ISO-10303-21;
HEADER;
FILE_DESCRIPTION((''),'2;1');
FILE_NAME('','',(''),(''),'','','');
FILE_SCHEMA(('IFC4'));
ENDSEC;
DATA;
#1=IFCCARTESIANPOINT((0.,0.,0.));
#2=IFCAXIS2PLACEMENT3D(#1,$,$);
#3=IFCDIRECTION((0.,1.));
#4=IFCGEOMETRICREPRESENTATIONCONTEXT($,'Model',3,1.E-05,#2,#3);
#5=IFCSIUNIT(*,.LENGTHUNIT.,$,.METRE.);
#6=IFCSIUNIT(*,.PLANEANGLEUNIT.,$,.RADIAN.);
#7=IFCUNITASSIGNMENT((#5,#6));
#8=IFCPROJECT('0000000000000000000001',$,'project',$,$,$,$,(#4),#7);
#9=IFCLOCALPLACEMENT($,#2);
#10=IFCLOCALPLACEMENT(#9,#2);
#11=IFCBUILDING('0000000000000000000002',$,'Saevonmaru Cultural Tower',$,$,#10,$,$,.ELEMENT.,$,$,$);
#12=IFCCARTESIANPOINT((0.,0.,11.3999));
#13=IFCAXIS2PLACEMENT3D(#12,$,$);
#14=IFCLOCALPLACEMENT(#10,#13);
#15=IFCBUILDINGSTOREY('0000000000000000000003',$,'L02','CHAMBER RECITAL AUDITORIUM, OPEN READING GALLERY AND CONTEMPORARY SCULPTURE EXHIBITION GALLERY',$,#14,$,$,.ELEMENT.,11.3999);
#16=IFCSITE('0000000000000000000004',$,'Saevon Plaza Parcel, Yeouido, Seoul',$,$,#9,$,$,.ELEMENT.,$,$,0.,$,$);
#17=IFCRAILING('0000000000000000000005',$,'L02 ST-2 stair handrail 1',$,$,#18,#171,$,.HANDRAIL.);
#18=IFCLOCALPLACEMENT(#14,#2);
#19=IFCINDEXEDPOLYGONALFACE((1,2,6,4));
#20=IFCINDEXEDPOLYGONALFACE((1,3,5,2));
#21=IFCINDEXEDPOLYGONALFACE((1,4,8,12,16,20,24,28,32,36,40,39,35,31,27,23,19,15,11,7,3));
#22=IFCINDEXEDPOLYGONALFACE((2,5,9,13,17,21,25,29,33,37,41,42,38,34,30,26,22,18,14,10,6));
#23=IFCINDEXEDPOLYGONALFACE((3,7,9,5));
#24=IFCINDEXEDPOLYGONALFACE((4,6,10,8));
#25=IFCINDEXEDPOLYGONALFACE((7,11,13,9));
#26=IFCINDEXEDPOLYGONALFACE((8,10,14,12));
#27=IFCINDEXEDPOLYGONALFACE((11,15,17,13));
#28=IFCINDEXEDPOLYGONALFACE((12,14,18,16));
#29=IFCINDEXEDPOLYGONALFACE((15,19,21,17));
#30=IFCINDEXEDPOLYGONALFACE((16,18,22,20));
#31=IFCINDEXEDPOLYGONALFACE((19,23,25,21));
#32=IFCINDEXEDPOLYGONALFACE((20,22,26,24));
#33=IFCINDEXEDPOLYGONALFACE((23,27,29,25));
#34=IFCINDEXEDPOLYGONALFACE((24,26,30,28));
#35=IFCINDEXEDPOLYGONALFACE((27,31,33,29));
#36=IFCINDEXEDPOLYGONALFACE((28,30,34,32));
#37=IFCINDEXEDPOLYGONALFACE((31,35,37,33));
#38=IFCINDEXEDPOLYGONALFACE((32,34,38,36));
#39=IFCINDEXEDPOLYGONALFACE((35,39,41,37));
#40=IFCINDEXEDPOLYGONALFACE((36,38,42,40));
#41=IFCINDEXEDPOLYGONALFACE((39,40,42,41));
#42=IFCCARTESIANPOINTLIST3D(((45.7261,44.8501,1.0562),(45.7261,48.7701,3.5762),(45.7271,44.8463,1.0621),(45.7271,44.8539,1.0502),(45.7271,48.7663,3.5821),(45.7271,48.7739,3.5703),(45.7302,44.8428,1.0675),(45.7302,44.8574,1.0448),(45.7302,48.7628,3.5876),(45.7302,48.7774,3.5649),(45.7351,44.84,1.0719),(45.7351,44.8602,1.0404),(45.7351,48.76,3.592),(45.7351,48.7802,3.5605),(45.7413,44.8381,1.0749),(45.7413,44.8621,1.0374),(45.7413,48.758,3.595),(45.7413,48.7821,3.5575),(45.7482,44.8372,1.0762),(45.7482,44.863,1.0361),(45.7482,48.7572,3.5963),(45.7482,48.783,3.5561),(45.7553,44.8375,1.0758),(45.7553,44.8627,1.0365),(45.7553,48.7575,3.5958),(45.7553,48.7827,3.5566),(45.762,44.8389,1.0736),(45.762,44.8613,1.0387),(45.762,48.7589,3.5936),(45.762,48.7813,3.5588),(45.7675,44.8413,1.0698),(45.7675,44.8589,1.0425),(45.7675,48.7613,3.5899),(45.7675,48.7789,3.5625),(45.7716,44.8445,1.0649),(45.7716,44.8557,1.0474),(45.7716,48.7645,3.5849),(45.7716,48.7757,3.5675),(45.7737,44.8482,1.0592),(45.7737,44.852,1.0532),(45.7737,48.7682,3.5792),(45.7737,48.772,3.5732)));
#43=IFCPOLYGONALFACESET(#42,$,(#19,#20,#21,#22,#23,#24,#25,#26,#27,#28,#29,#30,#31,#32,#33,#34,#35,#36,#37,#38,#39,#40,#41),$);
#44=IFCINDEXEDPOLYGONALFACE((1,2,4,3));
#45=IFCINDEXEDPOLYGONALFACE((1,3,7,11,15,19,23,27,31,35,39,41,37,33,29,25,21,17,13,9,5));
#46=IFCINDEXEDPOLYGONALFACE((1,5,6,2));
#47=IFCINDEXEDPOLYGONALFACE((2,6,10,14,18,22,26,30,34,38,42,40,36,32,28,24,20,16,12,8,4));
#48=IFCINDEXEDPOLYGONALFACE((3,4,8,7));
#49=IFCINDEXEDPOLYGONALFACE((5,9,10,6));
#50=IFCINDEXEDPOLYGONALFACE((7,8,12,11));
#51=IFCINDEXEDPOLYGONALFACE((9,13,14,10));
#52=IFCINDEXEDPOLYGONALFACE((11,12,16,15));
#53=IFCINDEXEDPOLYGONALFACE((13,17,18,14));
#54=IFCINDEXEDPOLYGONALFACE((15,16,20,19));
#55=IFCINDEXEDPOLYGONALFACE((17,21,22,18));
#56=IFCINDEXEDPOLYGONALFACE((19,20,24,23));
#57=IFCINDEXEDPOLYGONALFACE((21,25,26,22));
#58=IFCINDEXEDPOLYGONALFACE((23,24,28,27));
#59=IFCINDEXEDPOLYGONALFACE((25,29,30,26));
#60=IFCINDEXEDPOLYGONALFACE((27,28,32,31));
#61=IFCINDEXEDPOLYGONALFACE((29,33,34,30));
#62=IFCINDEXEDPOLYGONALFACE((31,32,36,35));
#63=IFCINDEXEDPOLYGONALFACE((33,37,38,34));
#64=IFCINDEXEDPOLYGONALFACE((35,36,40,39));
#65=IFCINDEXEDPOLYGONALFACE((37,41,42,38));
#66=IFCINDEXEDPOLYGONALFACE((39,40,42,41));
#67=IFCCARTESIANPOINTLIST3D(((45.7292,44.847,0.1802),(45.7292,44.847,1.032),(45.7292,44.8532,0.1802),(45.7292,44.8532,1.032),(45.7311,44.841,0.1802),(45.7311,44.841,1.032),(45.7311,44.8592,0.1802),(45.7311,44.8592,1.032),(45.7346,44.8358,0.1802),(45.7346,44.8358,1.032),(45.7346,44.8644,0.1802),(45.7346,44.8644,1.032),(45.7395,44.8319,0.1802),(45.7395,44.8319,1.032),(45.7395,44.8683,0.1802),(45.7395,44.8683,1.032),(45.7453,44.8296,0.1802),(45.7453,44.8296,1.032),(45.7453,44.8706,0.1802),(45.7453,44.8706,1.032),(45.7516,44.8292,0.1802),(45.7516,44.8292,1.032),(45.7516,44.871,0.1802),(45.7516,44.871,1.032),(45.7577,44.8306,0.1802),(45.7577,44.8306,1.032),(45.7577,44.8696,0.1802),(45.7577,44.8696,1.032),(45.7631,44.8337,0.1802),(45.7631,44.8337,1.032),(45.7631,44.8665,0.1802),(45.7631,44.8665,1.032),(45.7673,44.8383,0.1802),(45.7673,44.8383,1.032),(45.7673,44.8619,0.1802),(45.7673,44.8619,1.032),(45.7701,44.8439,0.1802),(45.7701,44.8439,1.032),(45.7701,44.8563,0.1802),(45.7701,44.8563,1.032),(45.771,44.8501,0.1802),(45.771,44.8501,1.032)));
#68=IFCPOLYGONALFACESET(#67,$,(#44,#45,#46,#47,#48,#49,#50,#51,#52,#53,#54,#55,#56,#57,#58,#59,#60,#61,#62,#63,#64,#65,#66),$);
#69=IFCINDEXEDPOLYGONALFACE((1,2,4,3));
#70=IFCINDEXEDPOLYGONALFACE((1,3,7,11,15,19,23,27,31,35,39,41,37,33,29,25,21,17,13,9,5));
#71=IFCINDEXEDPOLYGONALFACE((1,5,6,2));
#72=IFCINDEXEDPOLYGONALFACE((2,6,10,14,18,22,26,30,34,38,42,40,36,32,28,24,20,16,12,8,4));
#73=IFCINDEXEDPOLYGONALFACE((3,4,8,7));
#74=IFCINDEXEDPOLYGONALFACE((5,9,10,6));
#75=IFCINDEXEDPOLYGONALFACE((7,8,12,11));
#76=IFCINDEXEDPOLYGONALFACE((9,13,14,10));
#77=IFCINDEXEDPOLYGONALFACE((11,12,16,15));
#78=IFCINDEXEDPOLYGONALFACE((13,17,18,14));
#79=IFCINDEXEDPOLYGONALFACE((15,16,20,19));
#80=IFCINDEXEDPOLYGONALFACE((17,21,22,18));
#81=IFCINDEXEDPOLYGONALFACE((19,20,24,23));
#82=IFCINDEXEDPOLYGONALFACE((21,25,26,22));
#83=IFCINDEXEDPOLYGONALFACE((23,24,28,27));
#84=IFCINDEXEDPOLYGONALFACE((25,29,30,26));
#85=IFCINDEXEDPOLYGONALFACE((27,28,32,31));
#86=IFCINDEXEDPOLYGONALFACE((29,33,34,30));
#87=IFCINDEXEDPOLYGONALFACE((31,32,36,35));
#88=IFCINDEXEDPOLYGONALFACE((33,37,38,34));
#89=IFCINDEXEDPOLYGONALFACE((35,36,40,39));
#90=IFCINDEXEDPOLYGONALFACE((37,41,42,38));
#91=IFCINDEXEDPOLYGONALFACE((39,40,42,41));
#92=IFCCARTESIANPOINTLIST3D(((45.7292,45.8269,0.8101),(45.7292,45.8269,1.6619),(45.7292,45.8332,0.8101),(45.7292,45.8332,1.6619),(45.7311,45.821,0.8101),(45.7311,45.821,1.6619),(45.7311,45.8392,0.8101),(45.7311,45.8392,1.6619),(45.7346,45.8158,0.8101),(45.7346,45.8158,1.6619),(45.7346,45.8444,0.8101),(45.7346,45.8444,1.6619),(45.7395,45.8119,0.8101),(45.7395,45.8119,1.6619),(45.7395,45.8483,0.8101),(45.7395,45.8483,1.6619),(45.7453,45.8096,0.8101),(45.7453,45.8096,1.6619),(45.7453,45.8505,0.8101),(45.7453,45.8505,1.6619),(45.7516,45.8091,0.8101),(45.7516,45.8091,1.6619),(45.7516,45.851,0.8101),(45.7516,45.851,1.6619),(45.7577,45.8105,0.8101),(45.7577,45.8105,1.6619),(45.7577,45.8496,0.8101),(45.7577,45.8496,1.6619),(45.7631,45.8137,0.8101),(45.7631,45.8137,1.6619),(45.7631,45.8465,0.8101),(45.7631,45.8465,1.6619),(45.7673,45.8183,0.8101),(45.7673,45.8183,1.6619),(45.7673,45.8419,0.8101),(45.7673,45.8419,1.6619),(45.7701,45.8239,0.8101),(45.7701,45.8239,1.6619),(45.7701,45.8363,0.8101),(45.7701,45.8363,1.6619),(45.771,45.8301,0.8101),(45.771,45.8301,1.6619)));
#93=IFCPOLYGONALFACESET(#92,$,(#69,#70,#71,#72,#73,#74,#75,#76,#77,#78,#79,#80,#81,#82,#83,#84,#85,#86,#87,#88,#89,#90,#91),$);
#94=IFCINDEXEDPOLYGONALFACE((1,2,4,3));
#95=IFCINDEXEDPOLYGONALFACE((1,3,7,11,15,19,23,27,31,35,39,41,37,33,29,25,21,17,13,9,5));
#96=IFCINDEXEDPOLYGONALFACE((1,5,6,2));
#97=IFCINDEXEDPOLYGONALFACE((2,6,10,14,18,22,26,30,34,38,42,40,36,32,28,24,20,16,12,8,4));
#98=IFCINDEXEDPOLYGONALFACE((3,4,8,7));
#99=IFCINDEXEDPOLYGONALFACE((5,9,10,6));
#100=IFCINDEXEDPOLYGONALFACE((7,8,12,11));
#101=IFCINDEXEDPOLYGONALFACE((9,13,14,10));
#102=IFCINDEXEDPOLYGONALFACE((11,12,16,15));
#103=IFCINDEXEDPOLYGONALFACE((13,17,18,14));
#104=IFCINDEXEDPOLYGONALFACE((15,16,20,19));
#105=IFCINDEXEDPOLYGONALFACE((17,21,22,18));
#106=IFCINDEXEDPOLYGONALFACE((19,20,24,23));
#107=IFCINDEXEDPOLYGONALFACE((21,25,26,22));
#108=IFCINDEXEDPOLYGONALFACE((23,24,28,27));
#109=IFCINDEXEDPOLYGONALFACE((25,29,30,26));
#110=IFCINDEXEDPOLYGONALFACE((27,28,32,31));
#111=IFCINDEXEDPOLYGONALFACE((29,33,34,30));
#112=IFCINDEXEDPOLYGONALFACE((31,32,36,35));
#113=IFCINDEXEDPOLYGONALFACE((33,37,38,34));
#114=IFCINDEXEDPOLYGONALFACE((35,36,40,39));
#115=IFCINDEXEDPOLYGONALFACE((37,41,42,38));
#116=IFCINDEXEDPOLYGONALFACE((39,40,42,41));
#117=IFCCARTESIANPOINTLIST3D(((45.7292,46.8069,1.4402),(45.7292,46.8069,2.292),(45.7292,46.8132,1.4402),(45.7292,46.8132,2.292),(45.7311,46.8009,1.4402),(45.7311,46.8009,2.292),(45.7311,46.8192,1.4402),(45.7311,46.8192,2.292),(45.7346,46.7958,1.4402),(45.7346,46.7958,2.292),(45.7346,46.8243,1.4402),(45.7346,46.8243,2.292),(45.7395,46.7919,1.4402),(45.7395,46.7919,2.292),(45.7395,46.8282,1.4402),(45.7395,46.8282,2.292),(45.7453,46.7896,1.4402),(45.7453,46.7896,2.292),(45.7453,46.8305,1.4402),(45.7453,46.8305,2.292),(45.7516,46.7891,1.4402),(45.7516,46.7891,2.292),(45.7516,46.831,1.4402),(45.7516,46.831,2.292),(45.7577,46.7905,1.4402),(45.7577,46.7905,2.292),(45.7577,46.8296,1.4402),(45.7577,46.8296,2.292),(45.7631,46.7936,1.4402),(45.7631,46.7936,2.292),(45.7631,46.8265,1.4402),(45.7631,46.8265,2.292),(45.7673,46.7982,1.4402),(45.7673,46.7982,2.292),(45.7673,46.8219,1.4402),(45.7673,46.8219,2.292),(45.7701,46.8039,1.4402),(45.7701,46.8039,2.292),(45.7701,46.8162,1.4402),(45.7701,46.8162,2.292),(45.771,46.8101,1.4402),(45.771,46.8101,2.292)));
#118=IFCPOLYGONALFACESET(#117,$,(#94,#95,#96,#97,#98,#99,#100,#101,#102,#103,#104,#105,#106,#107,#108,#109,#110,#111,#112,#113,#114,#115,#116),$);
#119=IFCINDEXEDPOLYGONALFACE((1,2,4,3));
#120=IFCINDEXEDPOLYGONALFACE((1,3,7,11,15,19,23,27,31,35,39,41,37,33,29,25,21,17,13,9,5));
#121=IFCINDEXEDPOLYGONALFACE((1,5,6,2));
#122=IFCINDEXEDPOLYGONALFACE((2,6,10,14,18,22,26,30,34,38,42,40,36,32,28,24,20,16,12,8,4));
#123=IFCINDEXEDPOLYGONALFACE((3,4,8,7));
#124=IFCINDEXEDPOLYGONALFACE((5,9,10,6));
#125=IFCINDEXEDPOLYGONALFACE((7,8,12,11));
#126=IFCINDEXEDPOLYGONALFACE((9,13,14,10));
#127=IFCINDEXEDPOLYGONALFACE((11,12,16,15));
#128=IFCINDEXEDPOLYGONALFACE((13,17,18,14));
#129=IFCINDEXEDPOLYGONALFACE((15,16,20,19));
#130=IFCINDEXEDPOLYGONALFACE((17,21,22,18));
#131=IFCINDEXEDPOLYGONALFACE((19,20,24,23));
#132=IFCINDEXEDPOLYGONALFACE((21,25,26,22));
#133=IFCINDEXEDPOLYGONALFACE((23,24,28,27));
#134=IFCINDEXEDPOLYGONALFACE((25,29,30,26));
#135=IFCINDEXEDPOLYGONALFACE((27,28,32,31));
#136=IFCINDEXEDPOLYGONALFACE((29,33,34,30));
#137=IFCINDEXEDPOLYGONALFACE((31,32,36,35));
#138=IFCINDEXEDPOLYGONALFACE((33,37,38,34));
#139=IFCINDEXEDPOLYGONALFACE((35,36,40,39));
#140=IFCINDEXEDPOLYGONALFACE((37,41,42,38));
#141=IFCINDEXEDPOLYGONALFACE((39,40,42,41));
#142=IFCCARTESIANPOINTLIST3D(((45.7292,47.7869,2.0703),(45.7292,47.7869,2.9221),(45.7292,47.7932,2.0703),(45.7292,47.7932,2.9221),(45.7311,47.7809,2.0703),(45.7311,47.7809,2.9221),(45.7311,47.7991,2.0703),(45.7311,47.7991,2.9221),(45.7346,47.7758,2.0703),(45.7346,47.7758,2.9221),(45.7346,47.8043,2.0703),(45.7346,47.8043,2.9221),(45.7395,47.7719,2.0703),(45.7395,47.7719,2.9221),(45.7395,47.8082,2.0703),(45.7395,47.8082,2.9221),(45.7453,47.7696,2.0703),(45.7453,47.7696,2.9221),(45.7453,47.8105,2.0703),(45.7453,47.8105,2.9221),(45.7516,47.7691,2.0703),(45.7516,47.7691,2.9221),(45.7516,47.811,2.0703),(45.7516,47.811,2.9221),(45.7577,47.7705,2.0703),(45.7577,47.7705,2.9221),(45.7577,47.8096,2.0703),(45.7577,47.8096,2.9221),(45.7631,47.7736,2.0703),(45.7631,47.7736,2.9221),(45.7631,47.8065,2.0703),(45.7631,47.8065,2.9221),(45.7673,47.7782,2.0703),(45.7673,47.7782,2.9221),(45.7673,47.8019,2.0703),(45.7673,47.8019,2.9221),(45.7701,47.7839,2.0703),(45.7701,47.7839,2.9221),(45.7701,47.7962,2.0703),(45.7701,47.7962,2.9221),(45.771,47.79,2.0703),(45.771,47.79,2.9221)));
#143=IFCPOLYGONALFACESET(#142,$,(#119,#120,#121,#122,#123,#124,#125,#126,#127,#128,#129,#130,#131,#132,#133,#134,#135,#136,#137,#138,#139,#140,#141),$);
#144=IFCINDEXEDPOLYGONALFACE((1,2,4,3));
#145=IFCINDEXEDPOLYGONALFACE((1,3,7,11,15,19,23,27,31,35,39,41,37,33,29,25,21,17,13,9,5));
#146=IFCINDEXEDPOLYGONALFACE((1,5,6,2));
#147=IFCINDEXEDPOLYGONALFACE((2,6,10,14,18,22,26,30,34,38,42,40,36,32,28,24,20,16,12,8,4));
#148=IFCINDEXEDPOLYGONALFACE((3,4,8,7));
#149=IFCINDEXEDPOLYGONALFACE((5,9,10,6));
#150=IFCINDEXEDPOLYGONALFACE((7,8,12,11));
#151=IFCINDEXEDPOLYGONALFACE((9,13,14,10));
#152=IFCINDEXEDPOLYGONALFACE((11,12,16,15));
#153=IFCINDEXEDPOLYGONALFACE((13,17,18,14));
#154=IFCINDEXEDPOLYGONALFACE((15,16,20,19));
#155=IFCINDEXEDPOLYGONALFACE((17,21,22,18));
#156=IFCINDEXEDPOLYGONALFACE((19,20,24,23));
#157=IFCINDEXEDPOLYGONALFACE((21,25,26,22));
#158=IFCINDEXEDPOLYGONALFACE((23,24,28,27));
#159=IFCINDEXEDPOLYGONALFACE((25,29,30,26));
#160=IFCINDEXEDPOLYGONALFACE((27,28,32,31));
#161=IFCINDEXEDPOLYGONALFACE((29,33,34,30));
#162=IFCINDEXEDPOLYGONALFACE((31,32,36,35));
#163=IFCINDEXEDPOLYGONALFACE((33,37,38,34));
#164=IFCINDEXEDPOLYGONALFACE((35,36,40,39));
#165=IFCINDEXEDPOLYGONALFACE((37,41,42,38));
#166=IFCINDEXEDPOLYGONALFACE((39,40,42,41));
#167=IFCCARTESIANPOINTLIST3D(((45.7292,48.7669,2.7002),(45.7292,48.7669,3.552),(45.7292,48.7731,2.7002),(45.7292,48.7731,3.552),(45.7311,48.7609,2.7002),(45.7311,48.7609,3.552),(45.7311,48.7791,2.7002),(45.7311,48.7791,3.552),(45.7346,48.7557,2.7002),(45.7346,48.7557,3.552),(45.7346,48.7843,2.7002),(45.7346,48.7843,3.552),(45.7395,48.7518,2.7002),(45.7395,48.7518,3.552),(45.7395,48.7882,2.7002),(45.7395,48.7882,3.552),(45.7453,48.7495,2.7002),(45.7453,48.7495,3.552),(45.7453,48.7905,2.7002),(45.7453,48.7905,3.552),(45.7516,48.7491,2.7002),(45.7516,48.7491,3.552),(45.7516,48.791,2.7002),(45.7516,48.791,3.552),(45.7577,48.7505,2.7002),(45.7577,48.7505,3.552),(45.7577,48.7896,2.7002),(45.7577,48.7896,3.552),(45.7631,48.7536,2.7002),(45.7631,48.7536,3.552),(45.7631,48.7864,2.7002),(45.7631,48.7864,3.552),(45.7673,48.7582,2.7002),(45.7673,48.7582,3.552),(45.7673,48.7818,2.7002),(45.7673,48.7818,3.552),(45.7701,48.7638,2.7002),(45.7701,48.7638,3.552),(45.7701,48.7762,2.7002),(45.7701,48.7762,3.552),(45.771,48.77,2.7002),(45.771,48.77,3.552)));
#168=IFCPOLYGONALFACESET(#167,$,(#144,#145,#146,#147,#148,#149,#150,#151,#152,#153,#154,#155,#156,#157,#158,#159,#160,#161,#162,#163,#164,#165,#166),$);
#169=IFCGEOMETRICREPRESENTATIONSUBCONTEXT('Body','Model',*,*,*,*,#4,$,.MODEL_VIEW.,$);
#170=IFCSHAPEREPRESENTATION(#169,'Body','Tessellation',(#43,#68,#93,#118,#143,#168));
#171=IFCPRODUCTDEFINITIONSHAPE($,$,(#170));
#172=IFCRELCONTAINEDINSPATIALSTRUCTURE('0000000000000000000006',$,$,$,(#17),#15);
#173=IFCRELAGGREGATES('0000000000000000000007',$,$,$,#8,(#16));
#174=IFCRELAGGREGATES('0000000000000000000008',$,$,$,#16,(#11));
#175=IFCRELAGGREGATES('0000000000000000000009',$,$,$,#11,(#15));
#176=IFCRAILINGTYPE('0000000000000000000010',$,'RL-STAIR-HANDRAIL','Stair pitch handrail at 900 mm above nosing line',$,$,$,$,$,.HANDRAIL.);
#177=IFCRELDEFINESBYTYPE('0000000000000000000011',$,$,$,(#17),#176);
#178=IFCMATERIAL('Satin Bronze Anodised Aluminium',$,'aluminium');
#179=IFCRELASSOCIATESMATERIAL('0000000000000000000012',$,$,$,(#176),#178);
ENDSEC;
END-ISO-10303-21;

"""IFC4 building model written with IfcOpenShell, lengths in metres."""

from ifc_helpers import new_model, si_unit, direction, frame, origin, origin_2d, place, context, subcontext, project, spatial, circle, extrude, material, type_object, element, save


model = new_model("IFC4")

# Units and contexts
model_context = context("Model", 3, precision=1e-05, world=origin(), true_north=direction((0.0, 1.0)))
body_context = subcontext(model_context, "Body", "Model", "MODEL_VIEW")
ifc_project = project(units=[si_unit("LENGTHUNIT", "METRE"), si_unit("PLANEANGLEUNIT", "RADIAN")], contexts=[model_context])

# Site, building, storey
site_placement = place(None, origin())
site = spatial("IfcSite", under=ifc_project, at=site_placement, Name="Saevon Plaza Parcel, Yeouido, Seoul", CompositionType="ELEMENT", RefElevation=0.0)
building_placement = place(site_placement, origin())
building = spatial("IfcBuilding", under=site, at=building_placement, Name="Saevonmaru Cultural Tower", CompositionType="ELEMENT")
storey_placement = place(building_placement, frame((0.0, 0.0, 11.3999)))
storey = spatial("IfcBuildingStorey", under=building, at=storey_placement, Name="L02", Description="CHAMBER RECITAL AUDITORIUM, OPEN READING GALLERY AND CONTEMPORARY SCULPTURE EXHIBITION GALLERY", CompositionType="ELEMENT", Elevation=11.3999)

# Shared definitions
ifc_material_1 = material(Name="Satin Bronze Anodised Aluminium", Category="aluminium")

# Railing
railing_type_1 = type_object("IfcRailingType", Name="RL-STAIR-HANDRAIL", Description="Stair pitch handrail at 900 mm above nosing line", PredefinedType="HANDRAIL", material=ifc_material_1)
railing_1_placement = place(storey_placement, frame((45.75, 44.8501, 0.1802)))
element("IfcRailing", 1, at=railing_1_placement, inside=storey, type_object=railing_type_1, Name="L02 ST-2 stair handrail 1", PredefinedType="HANDRAIL", context=body_context, shape_type="SweptSolid", body=[
    extrude(circle(Radius=0.0239, at=origin_2d()), frame((0.0, 0.0, 0.876), z_axis=(0.0, 0.841172, 0.540768), x_axis=(-1.0, 0.0, 0.0)), (0.0, 0.0, 1.0), 4.6602),
    extrude(circle(Radius=0.021, at=origin_2d()), origin(), (0.0, 0.0, 1.0), 0.8518),
    extrude(circle(Radius=0.021, at=origin_2d()), frame((0.0, 0.98, 0.6299)), (0.0, 0.0, 1.0), 0.8518),
    extrude(circle(Radius=0.021, at=origin_2d()), frame((0.0, 1.96, 1.26)), (0.0, 0.0, 1.0), 0.8518),
    extrude(circle(Radius=0.021, at=origin_2d()), frame((0.0, 2.9399, 1.8901)), (0.0, 0.0, 1.0), 0.8518),
    extrude(circle(Radius=0.021, at=origin_2d()), frame((0.0, 3.9199, 2.52)), (0.0, 0.0, 1.0), 0.8518),
])

save(model, "model.ifc")
